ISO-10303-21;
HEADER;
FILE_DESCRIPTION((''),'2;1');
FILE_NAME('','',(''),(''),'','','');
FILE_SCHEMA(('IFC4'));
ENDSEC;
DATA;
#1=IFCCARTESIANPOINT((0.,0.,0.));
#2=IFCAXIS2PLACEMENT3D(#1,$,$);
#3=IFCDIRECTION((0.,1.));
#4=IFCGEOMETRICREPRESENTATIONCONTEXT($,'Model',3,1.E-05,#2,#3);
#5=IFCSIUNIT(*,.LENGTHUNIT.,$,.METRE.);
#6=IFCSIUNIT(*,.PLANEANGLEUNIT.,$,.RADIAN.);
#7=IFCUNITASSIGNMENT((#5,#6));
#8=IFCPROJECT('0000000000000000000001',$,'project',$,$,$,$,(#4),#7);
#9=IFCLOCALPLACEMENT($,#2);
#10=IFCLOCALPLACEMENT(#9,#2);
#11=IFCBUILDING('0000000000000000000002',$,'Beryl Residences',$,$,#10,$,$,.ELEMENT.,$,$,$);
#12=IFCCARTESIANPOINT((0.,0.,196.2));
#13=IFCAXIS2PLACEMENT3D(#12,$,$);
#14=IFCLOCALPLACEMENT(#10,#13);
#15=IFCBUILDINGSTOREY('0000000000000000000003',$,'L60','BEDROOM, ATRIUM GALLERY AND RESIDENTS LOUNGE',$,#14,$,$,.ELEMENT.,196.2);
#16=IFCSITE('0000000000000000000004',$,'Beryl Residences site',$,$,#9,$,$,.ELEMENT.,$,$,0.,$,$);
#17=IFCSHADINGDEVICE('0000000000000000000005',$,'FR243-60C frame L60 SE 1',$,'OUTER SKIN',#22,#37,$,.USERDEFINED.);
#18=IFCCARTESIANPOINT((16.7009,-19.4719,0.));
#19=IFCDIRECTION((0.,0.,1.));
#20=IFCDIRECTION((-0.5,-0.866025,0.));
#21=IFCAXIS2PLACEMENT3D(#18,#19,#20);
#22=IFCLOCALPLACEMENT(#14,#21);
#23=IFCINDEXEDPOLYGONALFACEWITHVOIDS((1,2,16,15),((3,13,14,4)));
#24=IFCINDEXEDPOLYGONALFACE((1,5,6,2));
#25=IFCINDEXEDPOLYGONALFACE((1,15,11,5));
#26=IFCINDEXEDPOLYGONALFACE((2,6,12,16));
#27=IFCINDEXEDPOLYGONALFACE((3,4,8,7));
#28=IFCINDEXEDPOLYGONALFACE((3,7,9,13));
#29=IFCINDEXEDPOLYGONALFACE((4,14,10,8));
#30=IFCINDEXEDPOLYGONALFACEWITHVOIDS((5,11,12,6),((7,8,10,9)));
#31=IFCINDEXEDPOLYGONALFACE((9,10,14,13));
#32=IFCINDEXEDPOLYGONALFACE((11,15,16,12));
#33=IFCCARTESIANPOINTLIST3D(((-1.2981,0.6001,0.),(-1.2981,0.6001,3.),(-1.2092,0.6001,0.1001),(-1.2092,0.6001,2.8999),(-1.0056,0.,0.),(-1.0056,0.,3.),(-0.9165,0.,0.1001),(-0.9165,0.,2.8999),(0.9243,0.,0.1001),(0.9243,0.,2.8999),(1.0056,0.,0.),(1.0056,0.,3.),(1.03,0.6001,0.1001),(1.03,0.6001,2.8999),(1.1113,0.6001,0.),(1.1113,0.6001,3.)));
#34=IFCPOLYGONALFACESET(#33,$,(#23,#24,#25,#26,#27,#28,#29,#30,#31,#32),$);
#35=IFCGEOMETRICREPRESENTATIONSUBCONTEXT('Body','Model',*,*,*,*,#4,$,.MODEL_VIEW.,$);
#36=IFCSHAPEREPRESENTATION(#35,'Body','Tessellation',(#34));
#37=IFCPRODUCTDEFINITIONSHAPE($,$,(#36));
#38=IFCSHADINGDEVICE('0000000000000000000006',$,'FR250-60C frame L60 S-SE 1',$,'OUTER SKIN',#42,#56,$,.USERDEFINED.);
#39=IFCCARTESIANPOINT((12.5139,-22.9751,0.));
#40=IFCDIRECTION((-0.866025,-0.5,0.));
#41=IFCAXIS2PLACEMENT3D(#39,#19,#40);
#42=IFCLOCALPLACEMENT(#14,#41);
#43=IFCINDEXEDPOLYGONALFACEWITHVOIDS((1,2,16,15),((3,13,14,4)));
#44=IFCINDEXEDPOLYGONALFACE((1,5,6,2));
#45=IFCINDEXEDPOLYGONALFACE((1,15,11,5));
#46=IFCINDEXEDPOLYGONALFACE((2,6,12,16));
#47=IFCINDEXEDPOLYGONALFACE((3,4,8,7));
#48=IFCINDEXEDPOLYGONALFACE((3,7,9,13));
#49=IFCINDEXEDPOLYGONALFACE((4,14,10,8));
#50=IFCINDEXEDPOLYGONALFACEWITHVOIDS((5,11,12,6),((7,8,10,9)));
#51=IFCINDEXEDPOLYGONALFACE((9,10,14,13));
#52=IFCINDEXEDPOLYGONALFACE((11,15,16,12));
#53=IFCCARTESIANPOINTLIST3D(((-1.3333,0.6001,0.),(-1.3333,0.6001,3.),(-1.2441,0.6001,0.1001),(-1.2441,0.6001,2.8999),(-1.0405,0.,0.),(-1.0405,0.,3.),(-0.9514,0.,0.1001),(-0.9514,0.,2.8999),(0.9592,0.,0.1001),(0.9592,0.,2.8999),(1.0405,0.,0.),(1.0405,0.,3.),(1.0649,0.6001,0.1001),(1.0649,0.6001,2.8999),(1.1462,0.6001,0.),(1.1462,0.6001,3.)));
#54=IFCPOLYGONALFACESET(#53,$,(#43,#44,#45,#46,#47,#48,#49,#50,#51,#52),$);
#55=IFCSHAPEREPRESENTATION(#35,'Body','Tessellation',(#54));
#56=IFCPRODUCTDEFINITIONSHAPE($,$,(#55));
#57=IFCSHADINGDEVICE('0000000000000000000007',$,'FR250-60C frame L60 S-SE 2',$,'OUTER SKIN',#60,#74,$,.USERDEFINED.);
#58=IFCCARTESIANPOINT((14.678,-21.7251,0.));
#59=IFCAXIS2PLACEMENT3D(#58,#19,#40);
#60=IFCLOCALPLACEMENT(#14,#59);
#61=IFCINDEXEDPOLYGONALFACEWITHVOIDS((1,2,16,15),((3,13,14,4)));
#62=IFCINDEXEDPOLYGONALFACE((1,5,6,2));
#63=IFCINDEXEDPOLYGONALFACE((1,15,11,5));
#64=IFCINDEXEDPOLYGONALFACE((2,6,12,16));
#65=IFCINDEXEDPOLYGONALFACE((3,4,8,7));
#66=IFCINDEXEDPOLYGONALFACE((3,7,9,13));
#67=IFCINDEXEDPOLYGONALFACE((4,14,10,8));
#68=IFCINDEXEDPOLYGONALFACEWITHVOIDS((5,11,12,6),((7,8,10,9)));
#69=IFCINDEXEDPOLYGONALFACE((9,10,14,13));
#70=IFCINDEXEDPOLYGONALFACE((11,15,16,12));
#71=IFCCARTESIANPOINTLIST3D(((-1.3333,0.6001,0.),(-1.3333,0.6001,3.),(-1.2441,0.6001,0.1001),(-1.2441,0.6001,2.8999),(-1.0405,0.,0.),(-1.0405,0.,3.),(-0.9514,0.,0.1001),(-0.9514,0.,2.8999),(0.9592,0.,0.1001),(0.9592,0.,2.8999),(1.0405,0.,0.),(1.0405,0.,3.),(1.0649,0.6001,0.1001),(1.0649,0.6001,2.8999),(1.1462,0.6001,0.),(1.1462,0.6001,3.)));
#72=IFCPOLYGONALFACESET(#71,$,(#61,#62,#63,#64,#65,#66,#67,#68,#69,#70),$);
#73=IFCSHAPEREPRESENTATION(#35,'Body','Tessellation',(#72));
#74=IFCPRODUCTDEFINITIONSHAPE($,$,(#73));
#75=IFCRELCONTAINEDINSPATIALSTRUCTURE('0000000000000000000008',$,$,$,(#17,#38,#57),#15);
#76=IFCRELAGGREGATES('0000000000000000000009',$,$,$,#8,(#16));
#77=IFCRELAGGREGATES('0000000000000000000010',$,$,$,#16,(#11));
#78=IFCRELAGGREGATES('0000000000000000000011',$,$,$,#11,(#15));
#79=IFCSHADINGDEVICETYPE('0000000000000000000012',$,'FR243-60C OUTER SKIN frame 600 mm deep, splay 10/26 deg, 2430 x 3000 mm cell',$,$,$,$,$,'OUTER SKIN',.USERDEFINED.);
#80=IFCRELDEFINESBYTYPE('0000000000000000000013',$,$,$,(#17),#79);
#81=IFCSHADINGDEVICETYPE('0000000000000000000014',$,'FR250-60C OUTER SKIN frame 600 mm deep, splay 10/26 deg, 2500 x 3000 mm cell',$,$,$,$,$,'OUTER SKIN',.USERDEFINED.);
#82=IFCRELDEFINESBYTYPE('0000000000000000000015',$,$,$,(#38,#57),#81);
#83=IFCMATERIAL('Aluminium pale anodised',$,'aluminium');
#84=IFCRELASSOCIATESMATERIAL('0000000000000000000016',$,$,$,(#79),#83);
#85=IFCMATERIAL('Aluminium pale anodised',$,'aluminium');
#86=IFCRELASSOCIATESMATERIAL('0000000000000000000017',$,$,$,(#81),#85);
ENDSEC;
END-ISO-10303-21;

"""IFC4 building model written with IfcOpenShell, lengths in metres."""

from ifc_helpers import new_model, entity, si_unit, direction, frame, origin, place, context, subcontext, project, spatial, source, transform, mapped, material, type_object, type_shapes, element, save


model = new_model("IFC4")

# Units and contexts
model_context = context("Model", 3, precision=1e-05, world=origin(), true_north=direction((0.0, 1.0)))
body_context = subcontext(model_context, "Body", "Model", "MODEL_VIEW")
ifc_project = project(units=[si_unit("LENGTHUNIT", "METRE"), si_unit("PLANEANGLEUNIT", "RADIAN")], contexts=[model_context])

# Site, building, storey
site_placement = place(None, origin())
site = spatial("IfcSite", under=ifc_project, at=site_placement, Name="Beryl Residences site", CompositionType="ELEMENT", RefElevation=0.0)
building_placement = place(site_placement, origin())
building = spatial("IfcBuilding", under=site, at=building_placement, Name="Beryl Residences", CompositionType="ELEMENT")
storey_placement = place(building_placement, frame((0.0, 0.0, 196.2)))
storey = spatial("IfcBuildingStorey", under=building, at=storey_placement, Name="L60", Description="BEDROOM, ATRIUM GALLERY AND RESIDENTS LOUNGE", CompositionType="ELEMENT", Elevation=196.2)

# Shading devices
ifc_material_1 = material(Name="Aluminium pale anodised", Category="aluminium")
shading_device_type_1 = type_object("IfcShadingDeviceType", Name="FR243-60C OUTER SKIN frame 600 mm deep, splay 10/26 deg, 2430 x 3000 mm cell", ElementType="OUTER SKIN", PredefinedType="USERDEFINED", material=ifc_material_1)
cartesian_point_1 = entity("IfcCartesianPoint", [-1.0056, 0.0])
cartesian_point_2 = entity("IfcCartesianPoint", [-0.9243, 0.1001])
cartesian_point_3 = entity("IfcCartesianPoint", [-1.1113, 0.0])
cartesian_point_4 = entity("IfcCartesianPoint", [-1.03, 0.1001])
shared_shape_1 = source(origin(), body_context, "Body", "SweptSolid", [
    entity("IfcExtrudedAreaSolidTapered", entity("IfcArbitraryProfileDefWithVoids", "AREA", None, entity("IfcPolyline", [cartesian_point_1, entity("IfcCartesianPoint", [1.0056, 0.0]), entity("IfcCartesianPoint", [1.0056, 3.0]), entity("IfcCartesianPoint", [-1.0056, 3.0]), cartesian_point_1]), [entity("IfcPolyline", [cartesian_point_2, entity("IfcCartesianPoint", [0.9165, 0.1001]), entity("IfcCartesianPoint", [0.9165, 2.8999]), entity("IfcCartesianPoint", [-0.9243, 2.8999]), cartesian_point_2])]), entity("IfcAxis2Placement3D", entity("IfcCartesianPoint", [0.0, 0.0, 0.0]), entity("IfcDirection", [0.0, 1.0, 0.0]), entity("IfcDirection", [-1.0, 0.0, 0.0])), entity("IfcDirection", [0.0, 0.0, 1.0]), 0.6001, entity("IfcArbitraryProfileDefWithVoids", "AREA", None, entity("IfcPolyline", [cartesian_point_3, entity("IfcCartesianPoint", [1.2981, 0.0]), entity("IfcCartesianPoint", [1.2981, 3.0]), entity("IfcCartesianPoint", [-1.1113, 3.0]), cartesian_point_3]), [entity("IfcPolyline", [cartesian_point_4, entity("IfcCartesianPoint", [1.2092, 0.1001]), entity("IfcCartesianPoint", [1.2092, 2.8999]), entity("IfcCartesianPoint", [-1.03, 2.8999]), cartesian_point_4])])),
])
type_shapes(shading_device_type_1, [shared_shape_1])
shading_device_placement = place(storey_placement, frame((16.7009, -19.4719, 0.0), z_axis=(0.0, 0.0, 1.0), x_axis=(-0.5, -0.866025, 0.0)))
element("IfcShadingDevice", 1, at=shading_device_placement, inside=storey, type_object=shading_device_type_1, Name="FR243-60C frame L60 SE 1", ObjectType="OUTER SKIN", PredefinedType="USERDEFINED", context=body_context, shape_type="MappedRepresentation", body=[
    mapped(shared_shape_1, transform((0.0, 0.0, 0.0))),
])
ifc_material_2 = material(Name="Aluminium pale anodised", Category="aluminium")
shading_device_type_2 = type_object("IfcShadingDeviceType", Name="FR250-60C OUTER SKIN frame 600 mm deep, splay 10/26 deg, 2500 x 3000 mm cell", ElementType="OUTER SKIN", PredefinedType="USERDEFINED", material=ifc_material_2)
cartesian_point_5 = entity("IfcCartesianPoint", [-1.0405, 0.0])
cartesian_point_6 = entity("IfcCartesianPoint", [-0.9592, 0.1001])
cartesian_point_7 = entity("IfcCartesianPoint", [-1.1462, 0.0])
cartesian_point_8 = entity("IfcCartesianPoint", [-1.0649, 0.1001])
shared_shape_2 = source(origin(), body_context, "Body", "SweptSolid", [
    entity("IfcExtrudedAreaSolidTapered", entity("IfcArbitraryProfileDefWithVoids", "AREA", None, entity("IfcPolyline", [cartesian_point_5, entity("IfcCartesianPoint", [1.0405, 0.0]), entity("IfcCartesianPoint", [1.0405, 3.0]), entity("IfcCartesianPoint", [-1.0405, 3.0]), cartesian_point_5]), [entity("IfcPolyline", [cartesian_point_6, entity("IfcCartesianPoint", [0.9514, 0.1001]), entity("IfcCartesianPoint", [0.9514, 2.8999]), entity("IfcCartesianPoint", [-0.9592, 2.8999]), cartesian_point_6])]), entity("IfcAxis2Placement3D", entity("IfcCartesianPoint", [0.0, 0.0, 0.0]), entity("IfcDirection", [0.0, 1.0, 0.0]), entity("IfcDirection", [-1.0, 0.0, 0.0])), entity("IfcDirection", [0.0, 0.0, 1.0]), 0.6001, entity("IfcArbitraryProfileDefWithVoids", "AREA", None, entity("IfcPolyline", [cartesian_point_7, entity("IfcCartesianPoint", [1.3333, 0.0]), entity("IfcCartesianPoint", [1.3333, 3.0]), entity("IfcCartesianPoint", [-1.1462, 3.0]), cartesian_point_7]), [entity("IfcPolyline", [cartesian_point_8, entity("IfcCartesianPoint", [1.2441, 0.1001]), entity("IfcCartesianPoint", [1.2441, 2.8999]), entity("IfcCartesianPoint", [-1.0649, 2.8999]), cartesian_point_8])])),
])
type_shapes(shading_device_type_2, [shared_shape_2])
for number, where, z_axis, x_axis, name in (
    (2, (12.5139, -22.9751, 0.0), (0.0, 0.0, 1.0), (-0.866025, -0.5, 0.0), "FR250-60C frame L60 S-SE 1"),
    (3, (14.678, -21.7251, 0.0), (0.0, 0.0, 1.0), (-0.866025, -0.5, 0.0), "FR250-60C frame L60 S-SE 2"),
):
    element("IfcShadingDevice", number, at=place(storey_placement, frame(where, z_axis=z_axis, x_axis=x_axis)), inside=storey, type_object=shading_device_type_2, Name=name, ObjectType="OUTER SKIN", PredefinedType="USERDEFINED", context=body_context, shape_type="MappedRepresentation", body=[
        mapped(shared_shape_2, transform((0.0, 0.0, 0.0))),
    ])

save(model, "model.ifc")
